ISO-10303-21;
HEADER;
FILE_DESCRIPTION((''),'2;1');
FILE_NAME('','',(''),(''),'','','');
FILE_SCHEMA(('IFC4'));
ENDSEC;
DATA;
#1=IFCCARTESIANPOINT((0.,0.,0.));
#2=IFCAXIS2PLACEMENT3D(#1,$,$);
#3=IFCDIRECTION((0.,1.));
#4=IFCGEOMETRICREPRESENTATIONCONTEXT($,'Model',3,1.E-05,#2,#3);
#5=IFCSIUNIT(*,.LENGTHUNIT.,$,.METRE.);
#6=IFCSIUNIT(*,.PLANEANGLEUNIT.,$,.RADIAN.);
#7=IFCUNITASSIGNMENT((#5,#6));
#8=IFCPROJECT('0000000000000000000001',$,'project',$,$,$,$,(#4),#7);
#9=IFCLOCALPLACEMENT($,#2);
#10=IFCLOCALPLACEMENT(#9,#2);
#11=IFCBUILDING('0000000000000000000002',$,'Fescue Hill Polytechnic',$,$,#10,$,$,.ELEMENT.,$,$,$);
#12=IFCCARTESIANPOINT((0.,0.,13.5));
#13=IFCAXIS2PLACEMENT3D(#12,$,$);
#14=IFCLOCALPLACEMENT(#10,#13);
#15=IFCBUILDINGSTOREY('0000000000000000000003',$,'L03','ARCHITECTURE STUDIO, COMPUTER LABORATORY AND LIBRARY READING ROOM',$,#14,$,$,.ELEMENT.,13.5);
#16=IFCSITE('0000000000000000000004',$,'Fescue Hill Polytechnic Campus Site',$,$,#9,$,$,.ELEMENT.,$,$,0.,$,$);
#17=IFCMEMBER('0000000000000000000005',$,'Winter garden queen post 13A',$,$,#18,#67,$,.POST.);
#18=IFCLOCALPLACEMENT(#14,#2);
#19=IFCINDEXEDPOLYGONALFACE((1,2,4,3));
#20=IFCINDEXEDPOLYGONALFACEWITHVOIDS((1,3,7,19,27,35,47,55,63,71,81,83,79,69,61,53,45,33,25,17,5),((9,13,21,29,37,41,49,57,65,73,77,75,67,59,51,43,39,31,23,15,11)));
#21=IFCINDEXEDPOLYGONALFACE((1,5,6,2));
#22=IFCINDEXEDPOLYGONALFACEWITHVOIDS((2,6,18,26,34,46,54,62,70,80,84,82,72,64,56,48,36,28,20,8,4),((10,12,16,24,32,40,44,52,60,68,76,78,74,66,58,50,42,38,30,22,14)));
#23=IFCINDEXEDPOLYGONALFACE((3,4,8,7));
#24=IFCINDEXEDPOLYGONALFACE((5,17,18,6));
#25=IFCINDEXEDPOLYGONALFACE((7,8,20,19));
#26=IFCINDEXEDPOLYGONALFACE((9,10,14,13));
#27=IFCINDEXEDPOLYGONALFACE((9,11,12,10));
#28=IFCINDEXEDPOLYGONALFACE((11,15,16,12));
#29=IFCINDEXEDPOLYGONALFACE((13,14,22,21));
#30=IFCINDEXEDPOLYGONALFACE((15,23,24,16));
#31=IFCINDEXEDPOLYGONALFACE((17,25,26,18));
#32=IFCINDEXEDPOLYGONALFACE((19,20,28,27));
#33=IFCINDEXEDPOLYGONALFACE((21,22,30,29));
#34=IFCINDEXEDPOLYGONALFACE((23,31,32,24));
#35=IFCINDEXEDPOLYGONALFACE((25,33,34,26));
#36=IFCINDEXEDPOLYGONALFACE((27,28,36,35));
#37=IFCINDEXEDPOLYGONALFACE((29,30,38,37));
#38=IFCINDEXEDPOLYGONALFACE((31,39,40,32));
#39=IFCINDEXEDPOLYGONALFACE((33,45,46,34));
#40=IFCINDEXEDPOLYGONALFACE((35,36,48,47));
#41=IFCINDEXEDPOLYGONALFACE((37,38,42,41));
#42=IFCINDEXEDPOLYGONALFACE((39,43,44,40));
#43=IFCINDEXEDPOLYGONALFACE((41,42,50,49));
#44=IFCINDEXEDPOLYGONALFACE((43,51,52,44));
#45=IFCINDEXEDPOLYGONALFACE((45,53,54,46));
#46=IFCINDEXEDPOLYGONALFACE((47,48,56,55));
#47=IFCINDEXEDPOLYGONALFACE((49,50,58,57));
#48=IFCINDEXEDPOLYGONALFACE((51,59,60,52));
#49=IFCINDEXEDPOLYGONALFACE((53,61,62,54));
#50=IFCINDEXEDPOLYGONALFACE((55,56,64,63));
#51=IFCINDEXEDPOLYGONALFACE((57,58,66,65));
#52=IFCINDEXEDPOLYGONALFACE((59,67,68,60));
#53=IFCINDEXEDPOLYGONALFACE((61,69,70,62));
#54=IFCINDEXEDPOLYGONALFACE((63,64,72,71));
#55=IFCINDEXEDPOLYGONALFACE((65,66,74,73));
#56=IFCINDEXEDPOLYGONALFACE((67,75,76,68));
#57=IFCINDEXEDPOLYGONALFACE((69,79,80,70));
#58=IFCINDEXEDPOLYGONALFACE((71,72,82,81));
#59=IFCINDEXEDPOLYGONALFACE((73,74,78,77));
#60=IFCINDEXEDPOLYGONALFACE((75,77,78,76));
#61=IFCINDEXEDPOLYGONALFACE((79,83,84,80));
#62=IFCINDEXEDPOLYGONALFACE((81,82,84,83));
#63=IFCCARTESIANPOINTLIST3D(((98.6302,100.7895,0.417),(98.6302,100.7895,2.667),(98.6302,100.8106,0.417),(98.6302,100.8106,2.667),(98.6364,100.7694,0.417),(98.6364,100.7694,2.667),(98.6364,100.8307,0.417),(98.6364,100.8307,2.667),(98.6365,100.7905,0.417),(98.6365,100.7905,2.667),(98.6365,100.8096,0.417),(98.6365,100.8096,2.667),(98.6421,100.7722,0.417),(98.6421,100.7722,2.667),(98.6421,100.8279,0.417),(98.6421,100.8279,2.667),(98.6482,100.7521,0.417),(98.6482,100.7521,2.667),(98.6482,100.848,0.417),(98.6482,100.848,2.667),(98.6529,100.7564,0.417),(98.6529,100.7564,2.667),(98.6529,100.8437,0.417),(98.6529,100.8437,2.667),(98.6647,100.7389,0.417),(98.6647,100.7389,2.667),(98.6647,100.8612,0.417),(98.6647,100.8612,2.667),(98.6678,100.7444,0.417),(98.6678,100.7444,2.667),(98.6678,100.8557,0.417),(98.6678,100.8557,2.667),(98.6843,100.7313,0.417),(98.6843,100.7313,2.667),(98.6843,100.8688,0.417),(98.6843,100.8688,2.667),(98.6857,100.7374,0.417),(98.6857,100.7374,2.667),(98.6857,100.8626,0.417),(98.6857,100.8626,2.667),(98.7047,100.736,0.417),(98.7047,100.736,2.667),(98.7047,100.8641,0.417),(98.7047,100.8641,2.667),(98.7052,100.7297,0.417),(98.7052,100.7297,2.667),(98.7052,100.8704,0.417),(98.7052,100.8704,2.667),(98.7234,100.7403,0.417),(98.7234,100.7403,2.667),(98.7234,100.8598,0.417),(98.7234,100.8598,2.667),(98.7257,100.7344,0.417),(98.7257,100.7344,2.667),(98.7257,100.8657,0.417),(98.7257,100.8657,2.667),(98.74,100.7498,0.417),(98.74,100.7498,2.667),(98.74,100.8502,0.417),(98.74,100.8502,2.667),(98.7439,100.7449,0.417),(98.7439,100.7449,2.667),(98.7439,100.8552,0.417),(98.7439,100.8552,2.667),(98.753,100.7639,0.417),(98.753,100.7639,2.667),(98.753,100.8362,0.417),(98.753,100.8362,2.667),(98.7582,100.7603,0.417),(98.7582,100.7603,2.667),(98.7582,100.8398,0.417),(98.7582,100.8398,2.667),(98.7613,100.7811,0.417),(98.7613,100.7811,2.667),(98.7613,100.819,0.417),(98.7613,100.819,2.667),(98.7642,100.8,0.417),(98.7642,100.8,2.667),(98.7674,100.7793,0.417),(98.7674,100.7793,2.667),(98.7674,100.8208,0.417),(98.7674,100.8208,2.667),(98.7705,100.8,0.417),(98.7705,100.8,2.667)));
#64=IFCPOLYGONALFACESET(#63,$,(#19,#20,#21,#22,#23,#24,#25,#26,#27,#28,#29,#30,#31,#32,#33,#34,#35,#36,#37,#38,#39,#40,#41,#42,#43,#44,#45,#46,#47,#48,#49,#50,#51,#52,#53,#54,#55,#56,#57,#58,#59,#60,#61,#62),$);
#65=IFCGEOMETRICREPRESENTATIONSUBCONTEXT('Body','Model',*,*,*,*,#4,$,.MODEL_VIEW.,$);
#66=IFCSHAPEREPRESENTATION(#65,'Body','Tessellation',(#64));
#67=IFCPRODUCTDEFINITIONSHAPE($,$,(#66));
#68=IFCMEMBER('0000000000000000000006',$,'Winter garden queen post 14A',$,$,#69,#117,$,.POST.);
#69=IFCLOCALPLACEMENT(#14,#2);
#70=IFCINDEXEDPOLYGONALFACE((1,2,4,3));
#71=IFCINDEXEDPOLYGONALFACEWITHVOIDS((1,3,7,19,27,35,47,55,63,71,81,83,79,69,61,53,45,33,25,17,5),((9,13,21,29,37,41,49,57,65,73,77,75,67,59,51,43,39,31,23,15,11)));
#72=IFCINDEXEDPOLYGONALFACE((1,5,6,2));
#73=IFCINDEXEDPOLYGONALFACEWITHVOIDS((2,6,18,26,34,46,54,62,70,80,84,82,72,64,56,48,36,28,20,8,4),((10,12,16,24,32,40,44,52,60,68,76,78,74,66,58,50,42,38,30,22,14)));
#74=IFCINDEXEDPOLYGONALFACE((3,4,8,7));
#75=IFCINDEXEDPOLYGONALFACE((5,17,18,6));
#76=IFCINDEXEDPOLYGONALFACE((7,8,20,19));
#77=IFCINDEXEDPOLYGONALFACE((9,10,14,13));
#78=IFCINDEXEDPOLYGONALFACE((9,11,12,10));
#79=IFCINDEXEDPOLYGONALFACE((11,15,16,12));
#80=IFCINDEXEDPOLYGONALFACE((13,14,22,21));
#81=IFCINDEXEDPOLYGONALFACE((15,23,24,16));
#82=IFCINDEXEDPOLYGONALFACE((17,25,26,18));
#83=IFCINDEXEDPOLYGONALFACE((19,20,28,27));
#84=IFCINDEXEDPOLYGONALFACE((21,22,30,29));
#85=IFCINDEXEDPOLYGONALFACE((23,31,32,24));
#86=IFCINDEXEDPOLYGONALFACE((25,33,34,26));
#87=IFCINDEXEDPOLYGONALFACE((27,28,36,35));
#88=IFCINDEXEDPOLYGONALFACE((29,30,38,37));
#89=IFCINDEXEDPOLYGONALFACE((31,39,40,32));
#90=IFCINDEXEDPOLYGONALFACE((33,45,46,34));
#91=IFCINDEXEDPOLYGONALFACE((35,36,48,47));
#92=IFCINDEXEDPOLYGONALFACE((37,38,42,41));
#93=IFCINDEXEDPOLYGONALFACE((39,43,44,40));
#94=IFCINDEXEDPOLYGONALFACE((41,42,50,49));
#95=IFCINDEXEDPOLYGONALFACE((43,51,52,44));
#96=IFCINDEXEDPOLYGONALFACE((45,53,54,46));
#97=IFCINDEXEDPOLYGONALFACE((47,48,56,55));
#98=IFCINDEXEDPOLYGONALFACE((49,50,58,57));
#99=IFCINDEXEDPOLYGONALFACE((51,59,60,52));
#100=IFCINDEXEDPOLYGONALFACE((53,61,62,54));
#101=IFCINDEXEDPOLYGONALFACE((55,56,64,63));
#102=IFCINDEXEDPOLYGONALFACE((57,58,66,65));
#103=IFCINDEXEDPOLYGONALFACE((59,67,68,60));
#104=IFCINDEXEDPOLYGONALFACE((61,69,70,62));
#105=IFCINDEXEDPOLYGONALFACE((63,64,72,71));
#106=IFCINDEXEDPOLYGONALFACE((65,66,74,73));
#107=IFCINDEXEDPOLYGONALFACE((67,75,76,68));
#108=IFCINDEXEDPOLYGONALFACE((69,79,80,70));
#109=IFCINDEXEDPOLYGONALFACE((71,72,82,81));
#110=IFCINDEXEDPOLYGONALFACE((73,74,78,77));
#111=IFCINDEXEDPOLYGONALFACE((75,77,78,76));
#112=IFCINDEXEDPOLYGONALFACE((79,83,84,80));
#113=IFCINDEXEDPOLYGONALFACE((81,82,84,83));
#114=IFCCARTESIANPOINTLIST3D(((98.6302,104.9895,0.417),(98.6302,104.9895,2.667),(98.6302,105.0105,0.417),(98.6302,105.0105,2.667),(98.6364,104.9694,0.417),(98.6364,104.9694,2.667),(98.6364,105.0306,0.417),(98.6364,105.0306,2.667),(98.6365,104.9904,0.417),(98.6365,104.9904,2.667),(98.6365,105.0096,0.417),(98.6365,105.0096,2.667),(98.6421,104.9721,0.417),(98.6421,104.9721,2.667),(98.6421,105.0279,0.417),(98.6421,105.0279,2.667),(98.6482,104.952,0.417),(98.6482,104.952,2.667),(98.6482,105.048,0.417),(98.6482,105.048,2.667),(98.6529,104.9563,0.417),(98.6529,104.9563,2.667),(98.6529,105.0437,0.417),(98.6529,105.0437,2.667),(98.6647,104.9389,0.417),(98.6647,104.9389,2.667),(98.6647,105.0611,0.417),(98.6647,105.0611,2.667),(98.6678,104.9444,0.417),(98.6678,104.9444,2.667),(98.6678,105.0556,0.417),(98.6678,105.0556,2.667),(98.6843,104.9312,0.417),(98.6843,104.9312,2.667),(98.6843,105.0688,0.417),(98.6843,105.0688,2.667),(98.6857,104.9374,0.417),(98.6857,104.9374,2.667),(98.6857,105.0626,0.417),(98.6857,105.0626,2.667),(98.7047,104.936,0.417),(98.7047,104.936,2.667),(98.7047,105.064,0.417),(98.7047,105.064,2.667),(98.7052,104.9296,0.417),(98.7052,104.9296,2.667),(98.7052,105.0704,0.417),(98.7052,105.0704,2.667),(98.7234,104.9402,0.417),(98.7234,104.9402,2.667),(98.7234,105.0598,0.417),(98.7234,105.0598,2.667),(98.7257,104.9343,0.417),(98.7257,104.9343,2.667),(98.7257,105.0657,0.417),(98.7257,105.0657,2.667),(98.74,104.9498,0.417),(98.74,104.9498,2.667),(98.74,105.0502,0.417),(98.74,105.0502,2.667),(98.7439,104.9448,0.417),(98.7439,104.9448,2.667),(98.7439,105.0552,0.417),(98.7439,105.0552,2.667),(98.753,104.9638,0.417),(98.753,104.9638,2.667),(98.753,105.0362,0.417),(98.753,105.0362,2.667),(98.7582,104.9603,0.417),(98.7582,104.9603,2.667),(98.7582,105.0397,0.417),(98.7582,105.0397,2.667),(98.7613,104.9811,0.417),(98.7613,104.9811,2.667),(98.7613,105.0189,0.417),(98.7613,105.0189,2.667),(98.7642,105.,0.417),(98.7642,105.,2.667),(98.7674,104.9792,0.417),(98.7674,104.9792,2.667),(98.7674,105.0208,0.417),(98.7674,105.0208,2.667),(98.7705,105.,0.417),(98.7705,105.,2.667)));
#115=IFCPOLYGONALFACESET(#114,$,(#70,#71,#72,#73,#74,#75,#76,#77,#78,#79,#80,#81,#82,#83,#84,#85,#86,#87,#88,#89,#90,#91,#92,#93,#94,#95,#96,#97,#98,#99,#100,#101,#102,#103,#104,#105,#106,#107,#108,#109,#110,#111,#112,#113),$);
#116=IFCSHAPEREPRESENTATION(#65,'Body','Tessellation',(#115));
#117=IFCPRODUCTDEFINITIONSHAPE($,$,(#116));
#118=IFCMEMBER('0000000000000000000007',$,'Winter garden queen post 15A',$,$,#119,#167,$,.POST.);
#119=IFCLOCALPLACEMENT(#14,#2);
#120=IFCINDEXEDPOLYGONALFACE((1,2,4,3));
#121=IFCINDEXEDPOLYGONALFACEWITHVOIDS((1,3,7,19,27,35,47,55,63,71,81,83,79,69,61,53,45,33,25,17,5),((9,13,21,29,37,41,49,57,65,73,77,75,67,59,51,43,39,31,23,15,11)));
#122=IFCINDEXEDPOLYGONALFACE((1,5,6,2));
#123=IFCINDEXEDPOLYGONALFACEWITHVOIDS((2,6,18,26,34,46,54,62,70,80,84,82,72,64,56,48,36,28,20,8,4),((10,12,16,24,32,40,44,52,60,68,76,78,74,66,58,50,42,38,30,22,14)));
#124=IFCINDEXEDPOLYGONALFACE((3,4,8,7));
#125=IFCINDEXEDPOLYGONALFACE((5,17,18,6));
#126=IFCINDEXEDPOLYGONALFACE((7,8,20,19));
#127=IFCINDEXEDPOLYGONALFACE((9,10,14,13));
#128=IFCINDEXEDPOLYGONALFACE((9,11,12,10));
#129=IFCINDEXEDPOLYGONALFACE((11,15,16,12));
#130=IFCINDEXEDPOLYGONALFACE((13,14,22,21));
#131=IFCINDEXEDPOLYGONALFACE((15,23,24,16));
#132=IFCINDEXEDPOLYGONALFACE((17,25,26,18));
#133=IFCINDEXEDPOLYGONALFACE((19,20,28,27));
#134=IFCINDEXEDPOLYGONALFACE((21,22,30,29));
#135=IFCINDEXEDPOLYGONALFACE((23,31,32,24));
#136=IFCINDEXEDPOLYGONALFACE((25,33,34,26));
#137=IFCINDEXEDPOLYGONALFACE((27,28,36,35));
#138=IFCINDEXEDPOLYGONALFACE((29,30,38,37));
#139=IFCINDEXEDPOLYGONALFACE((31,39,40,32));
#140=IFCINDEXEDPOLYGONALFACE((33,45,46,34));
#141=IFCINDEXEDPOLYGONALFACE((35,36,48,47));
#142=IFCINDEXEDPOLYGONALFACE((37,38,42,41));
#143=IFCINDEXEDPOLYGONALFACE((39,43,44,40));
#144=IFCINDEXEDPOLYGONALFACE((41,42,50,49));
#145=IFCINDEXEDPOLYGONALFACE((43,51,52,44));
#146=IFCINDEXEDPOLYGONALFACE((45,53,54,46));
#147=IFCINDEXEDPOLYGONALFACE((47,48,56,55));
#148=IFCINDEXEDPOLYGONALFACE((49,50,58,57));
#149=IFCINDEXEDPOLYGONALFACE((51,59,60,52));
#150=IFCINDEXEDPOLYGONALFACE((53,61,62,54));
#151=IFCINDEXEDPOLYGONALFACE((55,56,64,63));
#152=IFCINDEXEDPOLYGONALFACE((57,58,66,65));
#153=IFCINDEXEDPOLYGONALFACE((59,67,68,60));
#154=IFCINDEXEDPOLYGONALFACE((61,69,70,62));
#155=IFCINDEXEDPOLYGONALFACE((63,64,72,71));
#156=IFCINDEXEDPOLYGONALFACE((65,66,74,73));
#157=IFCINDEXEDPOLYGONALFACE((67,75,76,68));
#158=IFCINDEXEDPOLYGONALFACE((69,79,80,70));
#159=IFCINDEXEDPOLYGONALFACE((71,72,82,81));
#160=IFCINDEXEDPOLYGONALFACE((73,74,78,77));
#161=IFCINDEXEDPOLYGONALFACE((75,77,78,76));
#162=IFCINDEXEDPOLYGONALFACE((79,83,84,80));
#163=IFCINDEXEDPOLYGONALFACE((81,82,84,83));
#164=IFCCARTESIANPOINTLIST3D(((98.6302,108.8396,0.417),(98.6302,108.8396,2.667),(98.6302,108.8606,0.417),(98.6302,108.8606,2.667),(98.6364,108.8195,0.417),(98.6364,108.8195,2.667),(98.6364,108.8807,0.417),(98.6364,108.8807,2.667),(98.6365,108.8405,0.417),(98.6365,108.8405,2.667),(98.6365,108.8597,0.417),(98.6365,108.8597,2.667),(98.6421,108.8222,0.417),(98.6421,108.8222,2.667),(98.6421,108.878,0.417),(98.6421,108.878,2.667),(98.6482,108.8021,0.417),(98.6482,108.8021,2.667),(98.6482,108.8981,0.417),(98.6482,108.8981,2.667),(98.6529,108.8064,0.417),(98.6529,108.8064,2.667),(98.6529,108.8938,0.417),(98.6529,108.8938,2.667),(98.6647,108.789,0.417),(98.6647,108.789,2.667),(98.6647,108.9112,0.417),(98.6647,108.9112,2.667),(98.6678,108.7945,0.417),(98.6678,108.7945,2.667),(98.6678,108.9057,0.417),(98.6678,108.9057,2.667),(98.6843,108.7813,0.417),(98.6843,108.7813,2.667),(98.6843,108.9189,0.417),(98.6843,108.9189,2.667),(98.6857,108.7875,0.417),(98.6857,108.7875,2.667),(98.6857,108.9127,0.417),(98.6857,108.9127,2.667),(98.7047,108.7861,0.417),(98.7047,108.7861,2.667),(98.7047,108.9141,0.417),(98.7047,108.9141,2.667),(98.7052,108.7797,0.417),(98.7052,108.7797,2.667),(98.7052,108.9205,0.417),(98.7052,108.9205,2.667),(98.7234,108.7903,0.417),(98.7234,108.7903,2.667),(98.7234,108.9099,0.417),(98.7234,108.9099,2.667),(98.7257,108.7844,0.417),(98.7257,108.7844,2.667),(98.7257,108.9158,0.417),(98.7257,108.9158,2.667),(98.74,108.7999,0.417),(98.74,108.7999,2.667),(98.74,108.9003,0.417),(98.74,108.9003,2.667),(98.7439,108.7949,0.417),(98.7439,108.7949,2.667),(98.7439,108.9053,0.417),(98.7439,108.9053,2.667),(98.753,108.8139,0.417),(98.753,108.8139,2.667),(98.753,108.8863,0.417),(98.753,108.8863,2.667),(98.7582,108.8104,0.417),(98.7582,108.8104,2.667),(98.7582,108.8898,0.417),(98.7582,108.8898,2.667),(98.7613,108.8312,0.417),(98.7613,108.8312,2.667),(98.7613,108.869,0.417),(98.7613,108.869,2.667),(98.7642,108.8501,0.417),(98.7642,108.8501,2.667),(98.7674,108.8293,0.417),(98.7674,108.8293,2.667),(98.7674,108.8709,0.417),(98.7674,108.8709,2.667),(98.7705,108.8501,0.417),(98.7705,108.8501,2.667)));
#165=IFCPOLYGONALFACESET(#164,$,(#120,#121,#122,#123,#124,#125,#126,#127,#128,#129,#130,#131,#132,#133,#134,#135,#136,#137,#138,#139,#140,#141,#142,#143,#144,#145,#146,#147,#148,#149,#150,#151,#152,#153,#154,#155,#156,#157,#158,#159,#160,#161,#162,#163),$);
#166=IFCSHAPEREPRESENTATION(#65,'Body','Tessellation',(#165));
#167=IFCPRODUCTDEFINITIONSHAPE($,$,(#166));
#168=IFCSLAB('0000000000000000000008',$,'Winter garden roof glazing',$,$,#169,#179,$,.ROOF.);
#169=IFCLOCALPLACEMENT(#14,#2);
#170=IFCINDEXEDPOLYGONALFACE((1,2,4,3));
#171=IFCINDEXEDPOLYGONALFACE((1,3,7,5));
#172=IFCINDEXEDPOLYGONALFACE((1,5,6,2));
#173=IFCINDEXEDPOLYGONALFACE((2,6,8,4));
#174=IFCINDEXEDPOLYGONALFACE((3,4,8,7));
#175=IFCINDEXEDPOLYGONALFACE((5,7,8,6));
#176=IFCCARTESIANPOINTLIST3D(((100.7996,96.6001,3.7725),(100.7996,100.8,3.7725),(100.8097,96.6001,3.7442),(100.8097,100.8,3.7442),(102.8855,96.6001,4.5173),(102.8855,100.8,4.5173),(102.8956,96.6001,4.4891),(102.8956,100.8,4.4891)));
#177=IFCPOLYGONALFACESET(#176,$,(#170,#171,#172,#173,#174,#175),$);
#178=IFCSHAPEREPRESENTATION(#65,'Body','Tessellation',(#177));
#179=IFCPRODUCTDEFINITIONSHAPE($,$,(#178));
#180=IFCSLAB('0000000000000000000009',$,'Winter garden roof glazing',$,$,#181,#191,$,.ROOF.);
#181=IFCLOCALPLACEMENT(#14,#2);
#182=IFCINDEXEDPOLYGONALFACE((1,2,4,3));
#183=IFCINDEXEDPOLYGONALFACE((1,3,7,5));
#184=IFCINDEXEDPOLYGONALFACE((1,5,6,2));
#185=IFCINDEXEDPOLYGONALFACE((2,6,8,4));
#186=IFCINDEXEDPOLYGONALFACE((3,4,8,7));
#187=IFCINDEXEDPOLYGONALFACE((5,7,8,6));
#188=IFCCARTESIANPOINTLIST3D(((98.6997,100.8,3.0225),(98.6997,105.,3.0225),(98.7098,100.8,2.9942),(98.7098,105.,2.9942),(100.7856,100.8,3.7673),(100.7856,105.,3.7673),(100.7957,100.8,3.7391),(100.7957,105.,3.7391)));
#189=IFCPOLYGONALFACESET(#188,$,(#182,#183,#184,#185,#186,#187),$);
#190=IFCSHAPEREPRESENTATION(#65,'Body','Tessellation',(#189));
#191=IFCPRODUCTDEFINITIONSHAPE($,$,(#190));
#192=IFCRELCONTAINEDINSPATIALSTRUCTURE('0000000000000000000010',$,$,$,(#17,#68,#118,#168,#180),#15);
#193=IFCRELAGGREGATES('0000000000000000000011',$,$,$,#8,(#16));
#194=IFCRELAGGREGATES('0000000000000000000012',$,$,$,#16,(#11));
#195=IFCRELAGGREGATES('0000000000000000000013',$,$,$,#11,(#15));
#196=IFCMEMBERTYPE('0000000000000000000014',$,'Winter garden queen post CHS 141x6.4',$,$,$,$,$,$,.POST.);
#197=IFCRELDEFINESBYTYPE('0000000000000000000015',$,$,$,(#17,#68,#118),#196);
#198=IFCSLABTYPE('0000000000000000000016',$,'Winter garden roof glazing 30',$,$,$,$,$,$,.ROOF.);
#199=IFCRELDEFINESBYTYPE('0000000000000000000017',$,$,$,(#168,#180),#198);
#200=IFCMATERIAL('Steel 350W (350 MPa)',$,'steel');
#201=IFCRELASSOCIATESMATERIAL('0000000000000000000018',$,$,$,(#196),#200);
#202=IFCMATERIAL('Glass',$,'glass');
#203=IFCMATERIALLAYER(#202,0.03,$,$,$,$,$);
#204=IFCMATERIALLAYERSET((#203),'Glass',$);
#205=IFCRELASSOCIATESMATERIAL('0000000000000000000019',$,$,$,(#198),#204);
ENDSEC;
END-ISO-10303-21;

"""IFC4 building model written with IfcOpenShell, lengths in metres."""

from ifc_helpers import new_model, si_unit, direction, frame, origin, origin_2d, place, context, subcontext, project, spatial, polyline, hollow_circle, outline, extrude, material, layer, layer_set, material_profile, profile_set, type_object, element, save


model = new_model("IFC4")

# Units and contexts
model_context = context("Model", 3, precision=1e-05, world=origin(), true_north=direction((0.0, 1.0)))
body_context = subcontext(model_context, "Body", "Model", "MODEL_VIEW")
ifc_project = project(units=[si_unit("LENGTHUNIT", "METRE"), si_unit("PLANEANGLEUNIT", "RADIAN")], contexts=[model_context])

# Site, building, storey
site_placement = place(None, origin())
site = spatial("IfcSite", under=ifc_project, at=site_placement, Name="Fescue Hill Polytechnic Campus Site", CompositionType="ELEMENT", RefElevation=0.0)
building_placement = place(site_placement, origin())
building = spatial("IfcBuilding", under=site, at=building_placement, Name="Fescue Hill Polytechnic", CompositionType="ELEMENT")
storey_placement = place(building_placement, frame((0.0, 0.0, 13.5)))
storey = spatial("IfcBuildingStorey", under=building, at=storey_placement, Name="L03", Description="ARCHITECTURE STUDIO, COMPUTER LABORATORY AND LIBRARY READING ROOM", CompositionType="ELEMENT", Elevation=13.5)

# Members
ifc_material_1 = material(Name="Steel 350W (350 MPa)", Category="steel")
ifc_material_profile_1 = material_profile(ifc_material_1, hollow_circle(Radius=0.0706, WallThickness=0.0063, at=origin_2d()), Name="Winter garden queen post CHS 141x6.4")
ifc_profile_set_1 = profile_set([ifc_material_profile_1], Name="Steel 350W (350 MPa)")
member_type_1 = type_object("IfcMemberType", Name="Winter garden queen post CHS 141x6.4", PredefinedType="POST", material=ifc_profile_set_1)
for number, where, z_axis, x_axis, name in (
    (1, (98.7, 100.8, 0.417), (0.0, 0.0, 1.0), (1.0, 0.0, 0.0), "Winter garden queen post 13A"),
    (2, (98.7, 105.0, 0.417), (0.0, 0.0, 1.0), (1.0, 0.0, 0.0), "Winter garden queen post 14A"),
    (3, (98.7, 108.8501, 0.417), (0.0, 0.0, 1.0), (1.0, 0.0, 0.0), "Winter garden queen post 15A"),
):
    element("IfcMember", number, at=place(storey_placement, frame(where, z_axis=z_axis, x_axis=x_axis)), inside=storey, type_object=member_type_1, Name=name, PredefinedType="POST", context=body_context, shape_type="SweptSolid", body=[
        extrude(hollow_circle(Radius=0.0706, WallThickness=0.0063, at=origin_2d()), origin(), (0.0, 0.0, 1.0), 2.25),
    ])

# Slabs
ifc_material_2 = material(Name="Glass", Category="glass")
ifc_layer_1 = layer(ifc_material_2, 0.03)
ifc_layer_set_1 = layer_set([ifc_layer_1], Name="Glass")
slab_type = type_object("IfcSlabType", Name="Winter garden roof glazing 30", PredefinedType="ROOF", material=ifc_layer_set_1)
for number, where, z_axis, x_axis, name in (
    (4, (100.7996, 96.6001, 3.7725), (-0.336295, 0.0, 0.941757), (0.0, 1.0, 0.0), "Winter garden roof glazing"),
    (5, (98.6997, 100.8, 3.0225), (-0.336295, 0.0, 0.941757), (0.0, 1.0, 0.0), "Winter garden roof glazing"),
):
    element("IfcSlab", number, at=place(storey_placement, frame(where, z_axis=z_axis, x_axis=x_axis)), inside=storey, type_object=slab_type, Name=name, PredefinedType="ROOF", context=body_context, shape_type="SweptSolid", body=[
        extrude(outline(polyline([(0.0, 0.0), (4.2, 0.0), (4.2, -2.2149), (0.0, -2.2149), (0.0, 0.0)])), origin(), (0.0, 0.0, -1.0), 0.03),
    ])

save(model, "model.ifc")
